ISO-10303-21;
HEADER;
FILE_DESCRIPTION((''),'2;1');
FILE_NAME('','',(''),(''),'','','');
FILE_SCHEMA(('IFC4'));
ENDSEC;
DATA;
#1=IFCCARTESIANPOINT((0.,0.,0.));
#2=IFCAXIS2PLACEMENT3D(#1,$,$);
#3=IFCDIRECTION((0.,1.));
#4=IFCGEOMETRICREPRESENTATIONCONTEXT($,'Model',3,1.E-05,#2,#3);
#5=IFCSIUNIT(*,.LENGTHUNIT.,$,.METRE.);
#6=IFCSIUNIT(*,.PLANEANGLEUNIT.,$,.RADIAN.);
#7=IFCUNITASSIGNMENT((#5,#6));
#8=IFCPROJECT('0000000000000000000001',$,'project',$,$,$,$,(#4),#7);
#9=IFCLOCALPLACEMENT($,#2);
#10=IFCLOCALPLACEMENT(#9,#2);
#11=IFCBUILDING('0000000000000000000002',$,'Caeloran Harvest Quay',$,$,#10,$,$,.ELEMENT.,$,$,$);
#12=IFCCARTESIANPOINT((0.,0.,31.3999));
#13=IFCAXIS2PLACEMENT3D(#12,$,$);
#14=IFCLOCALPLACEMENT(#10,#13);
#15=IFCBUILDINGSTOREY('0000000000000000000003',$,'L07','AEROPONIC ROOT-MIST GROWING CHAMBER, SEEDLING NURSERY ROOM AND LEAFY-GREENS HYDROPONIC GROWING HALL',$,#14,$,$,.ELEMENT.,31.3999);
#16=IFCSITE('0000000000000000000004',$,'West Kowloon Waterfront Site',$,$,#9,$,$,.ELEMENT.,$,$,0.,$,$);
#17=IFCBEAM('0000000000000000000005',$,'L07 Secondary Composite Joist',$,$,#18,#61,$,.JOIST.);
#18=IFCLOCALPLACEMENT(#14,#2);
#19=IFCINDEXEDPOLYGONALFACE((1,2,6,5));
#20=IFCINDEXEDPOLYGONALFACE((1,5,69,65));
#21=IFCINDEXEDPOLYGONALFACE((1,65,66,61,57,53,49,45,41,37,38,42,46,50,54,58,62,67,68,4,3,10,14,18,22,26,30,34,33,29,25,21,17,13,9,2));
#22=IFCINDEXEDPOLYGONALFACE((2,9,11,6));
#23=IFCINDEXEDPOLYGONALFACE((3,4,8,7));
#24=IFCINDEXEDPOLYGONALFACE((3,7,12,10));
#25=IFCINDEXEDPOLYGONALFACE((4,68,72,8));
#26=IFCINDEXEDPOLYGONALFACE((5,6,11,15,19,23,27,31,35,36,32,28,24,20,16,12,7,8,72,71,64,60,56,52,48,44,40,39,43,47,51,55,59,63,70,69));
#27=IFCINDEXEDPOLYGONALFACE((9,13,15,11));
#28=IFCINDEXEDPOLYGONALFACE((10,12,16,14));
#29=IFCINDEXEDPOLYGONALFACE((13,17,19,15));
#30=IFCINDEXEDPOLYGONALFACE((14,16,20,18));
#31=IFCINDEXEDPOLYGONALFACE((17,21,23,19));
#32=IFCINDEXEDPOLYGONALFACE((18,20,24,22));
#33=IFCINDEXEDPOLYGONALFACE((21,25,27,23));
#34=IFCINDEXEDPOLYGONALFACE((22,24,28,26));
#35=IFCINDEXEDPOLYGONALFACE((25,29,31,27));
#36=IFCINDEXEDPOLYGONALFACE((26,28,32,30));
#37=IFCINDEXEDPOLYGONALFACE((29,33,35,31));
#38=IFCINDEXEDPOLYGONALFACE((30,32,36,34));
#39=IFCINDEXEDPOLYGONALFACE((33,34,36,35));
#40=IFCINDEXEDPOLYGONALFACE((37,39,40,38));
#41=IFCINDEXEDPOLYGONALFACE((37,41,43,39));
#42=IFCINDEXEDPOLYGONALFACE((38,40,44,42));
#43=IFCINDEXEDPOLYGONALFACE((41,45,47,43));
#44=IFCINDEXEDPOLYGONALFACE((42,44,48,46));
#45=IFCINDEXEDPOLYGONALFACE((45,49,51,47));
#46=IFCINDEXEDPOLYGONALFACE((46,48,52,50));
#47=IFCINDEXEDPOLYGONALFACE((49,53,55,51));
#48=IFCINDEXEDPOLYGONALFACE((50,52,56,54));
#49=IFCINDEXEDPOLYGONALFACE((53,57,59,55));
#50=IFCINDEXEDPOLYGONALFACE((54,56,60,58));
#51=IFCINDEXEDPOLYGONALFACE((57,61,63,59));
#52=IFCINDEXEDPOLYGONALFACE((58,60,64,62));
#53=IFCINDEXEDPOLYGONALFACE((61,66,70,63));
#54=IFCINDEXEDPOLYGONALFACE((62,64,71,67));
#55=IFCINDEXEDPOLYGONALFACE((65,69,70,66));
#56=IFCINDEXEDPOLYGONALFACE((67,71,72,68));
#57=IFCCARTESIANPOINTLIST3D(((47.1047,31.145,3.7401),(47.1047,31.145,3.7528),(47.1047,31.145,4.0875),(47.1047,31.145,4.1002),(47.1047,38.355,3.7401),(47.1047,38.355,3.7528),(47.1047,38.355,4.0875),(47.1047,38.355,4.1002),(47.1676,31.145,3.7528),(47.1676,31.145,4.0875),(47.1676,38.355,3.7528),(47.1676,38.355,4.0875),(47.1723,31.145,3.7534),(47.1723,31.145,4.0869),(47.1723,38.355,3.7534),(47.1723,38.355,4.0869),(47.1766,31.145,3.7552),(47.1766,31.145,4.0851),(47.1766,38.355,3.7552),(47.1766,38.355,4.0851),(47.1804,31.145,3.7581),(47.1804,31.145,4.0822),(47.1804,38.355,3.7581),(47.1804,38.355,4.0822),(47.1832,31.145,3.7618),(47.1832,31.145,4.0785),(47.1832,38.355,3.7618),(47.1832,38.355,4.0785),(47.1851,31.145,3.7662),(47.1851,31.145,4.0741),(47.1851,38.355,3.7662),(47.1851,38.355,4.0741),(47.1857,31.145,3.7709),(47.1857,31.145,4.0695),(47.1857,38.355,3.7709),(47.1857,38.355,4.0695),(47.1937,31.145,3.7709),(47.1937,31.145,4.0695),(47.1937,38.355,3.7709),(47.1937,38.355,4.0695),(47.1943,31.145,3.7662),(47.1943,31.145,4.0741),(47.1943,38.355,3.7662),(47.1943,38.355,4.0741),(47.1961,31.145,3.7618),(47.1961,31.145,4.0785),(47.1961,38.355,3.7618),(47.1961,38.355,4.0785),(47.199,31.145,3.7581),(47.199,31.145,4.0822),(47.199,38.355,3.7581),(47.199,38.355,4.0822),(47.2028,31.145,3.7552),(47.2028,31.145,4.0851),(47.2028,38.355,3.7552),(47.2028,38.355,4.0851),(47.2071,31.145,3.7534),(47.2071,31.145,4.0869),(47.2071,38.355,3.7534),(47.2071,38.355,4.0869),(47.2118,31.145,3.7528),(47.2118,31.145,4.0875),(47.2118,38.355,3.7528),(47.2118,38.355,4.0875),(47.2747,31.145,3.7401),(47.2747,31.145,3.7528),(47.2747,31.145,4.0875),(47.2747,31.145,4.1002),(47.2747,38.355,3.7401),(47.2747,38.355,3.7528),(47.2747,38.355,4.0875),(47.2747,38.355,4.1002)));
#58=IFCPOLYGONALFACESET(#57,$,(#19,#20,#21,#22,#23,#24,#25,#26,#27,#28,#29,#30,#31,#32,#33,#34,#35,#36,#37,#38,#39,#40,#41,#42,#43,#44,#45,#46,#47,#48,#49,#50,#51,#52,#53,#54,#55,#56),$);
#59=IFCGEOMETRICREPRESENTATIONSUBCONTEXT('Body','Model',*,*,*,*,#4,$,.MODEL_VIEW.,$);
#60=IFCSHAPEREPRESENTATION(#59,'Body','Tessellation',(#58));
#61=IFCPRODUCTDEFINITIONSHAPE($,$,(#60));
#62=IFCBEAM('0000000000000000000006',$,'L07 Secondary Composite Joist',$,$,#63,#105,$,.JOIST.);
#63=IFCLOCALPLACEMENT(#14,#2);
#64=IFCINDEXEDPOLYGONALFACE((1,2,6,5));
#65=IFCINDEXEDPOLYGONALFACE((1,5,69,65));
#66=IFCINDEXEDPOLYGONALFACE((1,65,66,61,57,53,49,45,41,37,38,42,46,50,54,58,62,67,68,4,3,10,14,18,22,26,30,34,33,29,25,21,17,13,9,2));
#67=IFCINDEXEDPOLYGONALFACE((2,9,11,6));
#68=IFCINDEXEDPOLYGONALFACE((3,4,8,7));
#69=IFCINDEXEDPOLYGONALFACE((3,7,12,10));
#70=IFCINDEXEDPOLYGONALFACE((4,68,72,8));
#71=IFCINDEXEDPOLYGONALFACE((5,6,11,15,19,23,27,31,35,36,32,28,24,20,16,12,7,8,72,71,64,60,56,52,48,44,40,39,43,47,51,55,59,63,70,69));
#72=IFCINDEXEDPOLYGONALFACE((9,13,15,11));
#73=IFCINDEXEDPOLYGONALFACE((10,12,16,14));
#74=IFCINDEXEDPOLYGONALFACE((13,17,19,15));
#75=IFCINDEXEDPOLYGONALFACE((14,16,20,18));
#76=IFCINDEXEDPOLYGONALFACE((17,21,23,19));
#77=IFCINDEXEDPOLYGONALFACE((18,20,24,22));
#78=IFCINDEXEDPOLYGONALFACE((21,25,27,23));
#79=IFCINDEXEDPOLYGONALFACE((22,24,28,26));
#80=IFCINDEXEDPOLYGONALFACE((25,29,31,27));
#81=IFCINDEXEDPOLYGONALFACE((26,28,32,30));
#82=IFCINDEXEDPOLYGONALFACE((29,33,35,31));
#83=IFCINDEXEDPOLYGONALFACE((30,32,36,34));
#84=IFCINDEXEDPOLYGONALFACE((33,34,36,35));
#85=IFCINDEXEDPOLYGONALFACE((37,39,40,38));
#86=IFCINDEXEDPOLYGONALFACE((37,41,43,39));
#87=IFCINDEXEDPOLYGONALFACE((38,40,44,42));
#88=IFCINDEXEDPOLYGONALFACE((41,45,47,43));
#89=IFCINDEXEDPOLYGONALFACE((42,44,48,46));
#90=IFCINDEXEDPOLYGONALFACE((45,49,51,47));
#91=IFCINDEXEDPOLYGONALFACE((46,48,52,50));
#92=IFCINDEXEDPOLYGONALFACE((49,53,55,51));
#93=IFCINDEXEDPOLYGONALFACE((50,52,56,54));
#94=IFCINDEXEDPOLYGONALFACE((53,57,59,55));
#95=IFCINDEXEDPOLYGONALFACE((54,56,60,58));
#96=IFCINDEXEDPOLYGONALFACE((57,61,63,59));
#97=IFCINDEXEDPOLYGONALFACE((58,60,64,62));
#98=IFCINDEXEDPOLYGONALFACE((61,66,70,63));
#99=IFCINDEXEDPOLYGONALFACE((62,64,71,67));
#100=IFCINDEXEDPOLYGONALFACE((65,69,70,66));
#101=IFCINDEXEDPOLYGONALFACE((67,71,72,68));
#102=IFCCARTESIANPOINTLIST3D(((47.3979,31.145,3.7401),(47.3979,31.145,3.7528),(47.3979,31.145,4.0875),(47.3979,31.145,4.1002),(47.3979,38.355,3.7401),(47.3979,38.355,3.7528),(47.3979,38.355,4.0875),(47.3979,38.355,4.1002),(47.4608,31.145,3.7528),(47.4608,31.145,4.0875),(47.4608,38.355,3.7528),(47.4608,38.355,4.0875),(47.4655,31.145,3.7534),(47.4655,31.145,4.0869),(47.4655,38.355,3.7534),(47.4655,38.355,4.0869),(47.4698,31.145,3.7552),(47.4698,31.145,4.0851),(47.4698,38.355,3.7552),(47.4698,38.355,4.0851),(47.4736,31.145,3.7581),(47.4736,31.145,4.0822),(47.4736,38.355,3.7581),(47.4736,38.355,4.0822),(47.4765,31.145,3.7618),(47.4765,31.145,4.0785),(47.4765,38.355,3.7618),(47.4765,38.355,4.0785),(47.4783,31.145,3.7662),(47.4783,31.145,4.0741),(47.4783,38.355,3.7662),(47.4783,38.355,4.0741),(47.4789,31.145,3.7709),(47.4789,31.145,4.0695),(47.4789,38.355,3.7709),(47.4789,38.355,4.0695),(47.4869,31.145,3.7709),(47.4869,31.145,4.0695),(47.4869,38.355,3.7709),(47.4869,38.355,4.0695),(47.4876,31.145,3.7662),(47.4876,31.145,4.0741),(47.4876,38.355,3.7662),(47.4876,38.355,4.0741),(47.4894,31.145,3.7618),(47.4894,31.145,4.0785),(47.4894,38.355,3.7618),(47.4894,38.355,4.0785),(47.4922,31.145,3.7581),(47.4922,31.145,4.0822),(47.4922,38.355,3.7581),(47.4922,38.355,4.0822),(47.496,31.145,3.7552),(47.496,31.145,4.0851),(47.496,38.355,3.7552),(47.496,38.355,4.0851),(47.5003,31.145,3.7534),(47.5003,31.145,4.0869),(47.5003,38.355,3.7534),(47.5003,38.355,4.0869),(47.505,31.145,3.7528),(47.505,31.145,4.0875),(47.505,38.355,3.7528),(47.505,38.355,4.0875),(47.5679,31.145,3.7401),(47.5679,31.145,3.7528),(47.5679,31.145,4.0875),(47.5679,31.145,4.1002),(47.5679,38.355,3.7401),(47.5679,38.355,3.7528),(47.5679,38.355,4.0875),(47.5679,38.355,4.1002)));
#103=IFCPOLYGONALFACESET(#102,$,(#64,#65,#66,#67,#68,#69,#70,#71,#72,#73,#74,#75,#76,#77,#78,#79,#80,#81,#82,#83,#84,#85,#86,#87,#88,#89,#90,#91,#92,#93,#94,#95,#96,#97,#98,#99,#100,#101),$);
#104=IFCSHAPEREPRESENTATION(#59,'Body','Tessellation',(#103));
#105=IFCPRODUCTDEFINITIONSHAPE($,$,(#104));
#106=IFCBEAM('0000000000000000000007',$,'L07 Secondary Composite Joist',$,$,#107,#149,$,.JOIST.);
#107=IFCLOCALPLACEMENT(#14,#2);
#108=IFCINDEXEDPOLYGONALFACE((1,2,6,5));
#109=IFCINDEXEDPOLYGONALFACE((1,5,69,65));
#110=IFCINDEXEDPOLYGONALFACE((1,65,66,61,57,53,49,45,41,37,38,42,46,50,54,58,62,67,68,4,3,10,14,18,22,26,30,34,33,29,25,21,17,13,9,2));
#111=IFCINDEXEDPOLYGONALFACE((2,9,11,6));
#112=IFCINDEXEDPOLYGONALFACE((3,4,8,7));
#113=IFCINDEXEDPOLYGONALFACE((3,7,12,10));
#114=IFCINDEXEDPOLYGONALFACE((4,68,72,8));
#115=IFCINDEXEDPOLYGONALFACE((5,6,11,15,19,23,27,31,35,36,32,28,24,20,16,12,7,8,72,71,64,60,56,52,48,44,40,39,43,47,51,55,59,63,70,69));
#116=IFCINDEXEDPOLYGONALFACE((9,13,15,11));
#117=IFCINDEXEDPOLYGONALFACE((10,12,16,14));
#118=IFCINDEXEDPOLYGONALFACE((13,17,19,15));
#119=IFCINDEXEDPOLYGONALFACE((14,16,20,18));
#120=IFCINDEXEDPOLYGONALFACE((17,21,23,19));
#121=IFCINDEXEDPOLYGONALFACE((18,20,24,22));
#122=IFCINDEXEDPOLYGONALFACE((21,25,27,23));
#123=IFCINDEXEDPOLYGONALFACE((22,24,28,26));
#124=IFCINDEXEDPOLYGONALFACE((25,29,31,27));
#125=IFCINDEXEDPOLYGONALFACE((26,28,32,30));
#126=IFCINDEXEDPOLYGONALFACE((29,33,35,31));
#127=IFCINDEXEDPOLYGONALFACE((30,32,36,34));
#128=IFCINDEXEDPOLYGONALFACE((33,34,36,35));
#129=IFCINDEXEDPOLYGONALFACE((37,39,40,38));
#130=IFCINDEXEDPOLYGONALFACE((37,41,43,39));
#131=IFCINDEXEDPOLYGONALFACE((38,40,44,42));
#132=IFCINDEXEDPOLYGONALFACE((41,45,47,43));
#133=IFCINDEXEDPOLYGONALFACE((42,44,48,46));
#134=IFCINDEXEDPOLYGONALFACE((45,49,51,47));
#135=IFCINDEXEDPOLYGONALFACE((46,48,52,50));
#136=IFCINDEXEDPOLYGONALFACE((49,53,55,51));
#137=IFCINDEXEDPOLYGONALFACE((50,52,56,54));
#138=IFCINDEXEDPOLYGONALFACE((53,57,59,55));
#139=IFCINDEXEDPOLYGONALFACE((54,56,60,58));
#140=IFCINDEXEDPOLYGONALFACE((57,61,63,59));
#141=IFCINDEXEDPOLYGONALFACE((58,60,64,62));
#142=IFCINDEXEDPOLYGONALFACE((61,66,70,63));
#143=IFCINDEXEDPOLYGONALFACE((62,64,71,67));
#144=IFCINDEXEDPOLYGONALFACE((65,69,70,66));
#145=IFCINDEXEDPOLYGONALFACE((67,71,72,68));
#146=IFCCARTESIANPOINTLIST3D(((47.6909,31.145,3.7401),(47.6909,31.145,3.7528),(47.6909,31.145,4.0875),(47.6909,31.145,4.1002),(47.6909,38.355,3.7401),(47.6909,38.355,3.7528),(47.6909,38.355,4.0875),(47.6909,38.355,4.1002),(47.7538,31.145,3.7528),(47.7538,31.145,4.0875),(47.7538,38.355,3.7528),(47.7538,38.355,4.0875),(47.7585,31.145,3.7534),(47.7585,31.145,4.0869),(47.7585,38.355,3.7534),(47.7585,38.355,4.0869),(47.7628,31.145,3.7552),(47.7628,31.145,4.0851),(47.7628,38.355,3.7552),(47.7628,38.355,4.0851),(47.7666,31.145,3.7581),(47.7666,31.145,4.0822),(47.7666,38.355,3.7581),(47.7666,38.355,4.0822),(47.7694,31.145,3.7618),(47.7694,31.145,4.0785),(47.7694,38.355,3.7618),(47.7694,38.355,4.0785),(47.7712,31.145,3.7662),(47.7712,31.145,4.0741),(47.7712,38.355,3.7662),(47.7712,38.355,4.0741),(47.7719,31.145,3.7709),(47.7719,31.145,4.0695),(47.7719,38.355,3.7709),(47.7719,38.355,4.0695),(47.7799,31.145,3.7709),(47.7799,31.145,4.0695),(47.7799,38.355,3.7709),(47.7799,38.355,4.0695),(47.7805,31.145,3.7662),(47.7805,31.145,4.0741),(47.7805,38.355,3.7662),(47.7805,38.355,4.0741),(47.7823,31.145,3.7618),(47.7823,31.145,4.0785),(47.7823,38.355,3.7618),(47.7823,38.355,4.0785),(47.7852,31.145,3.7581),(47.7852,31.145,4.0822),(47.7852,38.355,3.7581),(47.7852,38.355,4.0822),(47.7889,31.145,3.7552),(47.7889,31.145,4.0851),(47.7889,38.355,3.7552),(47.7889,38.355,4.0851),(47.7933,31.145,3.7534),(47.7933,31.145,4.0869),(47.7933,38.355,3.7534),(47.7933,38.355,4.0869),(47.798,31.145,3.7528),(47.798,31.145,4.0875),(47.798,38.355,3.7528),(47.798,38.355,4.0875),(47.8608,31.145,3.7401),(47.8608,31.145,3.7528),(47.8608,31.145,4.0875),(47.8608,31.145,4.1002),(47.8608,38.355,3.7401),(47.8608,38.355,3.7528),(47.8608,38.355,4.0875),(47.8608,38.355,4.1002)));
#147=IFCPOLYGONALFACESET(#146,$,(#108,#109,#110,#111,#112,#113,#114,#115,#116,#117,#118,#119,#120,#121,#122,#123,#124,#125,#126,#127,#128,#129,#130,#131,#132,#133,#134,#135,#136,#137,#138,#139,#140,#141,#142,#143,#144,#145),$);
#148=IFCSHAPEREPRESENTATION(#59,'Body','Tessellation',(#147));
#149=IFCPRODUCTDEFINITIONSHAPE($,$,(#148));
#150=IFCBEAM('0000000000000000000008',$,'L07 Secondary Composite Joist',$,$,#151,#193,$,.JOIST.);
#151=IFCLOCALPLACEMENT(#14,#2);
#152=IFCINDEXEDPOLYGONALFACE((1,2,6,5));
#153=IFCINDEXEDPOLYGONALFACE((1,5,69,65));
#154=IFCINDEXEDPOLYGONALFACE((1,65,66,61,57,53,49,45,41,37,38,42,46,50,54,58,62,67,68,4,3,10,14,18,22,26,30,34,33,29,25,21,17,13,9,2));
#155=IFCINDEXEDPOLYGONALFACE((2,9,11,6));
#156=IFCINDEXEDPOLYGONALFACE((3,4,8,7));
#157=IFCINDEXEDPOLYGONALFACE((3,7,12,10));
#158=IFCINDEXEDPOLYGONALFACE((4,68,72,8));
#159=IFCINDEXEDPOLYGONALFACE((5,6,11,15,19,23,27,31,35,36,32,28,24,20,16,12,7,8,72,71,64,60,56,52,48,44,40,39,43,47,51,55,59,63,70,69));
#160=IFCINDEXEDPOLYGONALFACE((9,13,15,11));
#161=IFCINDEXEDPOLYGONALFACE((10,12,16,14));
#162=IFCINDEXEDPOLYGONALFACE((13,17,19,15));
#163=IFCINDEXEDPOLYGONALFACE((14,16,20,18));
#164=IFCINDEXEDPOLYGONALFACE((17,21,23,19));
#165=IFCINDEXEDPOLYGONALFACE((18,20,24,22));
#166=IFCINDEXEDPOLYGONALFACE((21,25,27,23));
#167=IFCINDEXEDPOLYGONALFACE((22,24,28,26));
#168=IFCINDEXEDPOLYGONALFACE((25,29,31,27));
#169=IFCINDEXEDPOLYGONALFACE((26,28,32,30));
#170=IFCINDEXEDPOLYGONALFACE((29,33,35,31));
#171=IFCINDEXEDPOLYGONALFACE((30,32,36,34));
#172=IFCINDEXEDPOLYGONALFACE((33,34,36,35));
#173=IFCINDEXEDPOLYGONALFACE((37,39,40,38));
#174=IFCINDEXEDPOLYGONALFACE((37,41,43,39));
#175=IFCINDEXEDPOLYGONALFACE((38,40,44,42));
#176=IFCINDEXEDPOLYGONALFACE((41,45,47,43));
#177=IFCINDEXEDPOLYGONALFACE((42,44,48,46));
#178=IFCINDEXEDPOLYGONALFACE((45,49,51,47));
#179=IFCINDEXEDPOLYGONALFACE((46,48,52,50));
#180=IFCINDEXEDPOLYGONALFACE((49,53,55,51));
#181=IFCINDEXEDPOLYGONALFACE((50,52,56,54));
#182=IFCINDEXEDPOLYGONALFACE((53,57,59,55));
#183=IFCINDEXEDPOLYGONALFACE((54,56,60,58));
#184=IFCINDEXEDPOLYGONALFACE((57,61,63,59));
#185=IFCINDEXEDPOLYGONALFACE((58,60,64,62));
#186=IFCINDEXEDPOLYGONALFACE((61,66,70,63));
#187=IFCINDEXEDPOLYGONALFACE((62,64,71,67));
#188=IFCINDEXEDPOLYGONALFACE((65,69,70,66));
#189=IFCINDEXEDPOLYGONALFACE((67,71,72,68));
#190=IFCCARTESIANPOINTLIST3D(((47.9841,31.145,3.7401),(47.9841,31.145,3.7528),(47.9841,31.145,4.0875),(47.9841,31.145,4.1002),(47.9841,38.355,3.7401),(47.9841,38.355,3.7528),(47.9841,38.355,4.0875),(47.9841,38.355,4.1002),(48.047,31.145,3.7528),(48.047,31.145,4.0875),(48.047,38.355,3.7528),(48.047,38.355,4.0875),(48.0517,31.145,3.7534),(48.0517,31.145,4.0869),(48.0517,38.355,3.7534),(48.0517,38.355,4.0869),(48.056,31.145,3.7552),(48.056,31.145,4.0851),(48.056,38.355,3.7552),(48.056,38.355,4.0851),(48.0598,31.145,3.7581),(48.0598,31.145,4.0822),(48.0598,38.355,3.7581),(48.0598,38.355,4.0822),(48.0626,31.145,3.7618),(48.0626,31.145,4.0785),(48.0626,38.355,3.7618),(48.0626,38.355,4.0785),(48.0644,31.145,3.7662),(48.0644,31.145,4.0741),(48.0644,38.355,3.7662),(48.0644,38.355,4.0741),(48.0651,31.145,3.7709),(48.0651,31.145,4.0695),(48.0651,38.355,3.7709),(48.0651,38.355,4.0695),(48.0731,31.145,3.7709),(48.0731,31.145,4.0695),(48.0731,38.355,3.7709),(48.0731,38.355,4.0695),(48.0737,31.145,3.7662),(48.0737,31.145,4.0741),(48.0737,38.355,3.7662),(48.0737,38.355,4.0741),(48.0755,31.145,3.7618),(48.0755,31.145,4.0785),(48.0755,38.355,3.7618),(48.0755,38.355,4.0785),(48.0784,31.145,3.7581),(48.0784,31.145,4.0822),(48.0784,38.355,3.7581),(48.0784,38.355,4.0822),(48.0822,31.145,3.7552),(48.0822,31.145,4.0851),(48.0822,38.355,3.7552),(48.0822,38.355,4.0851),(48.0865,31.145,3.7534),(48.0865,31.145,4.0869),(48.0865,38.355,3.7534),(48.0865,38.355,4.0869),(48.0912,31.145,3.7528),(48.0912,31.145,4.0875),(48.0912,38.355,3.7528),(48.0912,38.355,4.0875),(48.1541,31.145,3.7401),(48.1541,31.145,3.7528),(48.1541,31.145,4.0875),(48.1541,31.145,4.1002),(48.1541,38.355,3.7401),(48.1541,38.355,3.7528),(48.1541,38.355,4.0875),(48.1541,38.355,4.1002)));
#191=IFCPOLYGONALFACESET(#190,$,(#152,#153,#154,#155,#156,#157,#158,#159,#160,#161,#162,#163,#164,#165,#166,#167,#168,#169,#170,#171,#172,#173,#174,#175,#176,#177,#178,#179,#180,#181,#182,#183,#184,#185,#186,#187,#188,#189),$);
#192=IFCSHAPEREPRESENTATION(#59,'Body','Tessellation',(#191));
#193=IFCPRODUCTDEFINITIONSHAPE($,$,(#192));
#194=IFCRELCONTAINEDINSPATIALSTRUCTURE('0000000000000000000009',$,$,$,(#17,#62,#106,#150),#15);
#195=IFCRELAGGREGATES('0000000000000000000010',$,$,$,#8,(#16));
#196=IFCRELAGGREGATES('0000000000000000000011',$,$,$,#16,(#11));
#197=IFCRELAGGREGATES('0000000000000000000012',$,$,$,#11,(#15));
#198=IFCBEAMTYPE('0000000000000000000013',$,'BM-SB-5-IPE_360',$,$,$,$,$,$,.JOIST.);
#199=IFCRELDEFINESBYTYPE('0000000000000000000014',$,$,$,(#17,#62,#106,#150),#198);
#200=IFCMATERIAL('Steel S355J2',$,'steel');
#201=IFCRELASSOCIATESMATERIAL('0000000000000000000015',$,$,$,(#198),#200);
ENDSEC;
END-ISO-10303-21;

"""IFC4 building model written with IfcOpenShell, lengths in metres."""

from ifc_helpers import new_model, si_unit, direction, frame, origin, origin_2d, place, context, subcontext, project, spatial, i_section, extrude, material, material_profile, profile_set, type_object, element, save


model = new_model("IFC4")

# Units and contexts
model_context = context("Model", 3, precision=1e-05, world=origin(), true_north=direction((0.0, 1.0)))
body_context = subcontext(model_context, "Body", "Model", "MODEL_VIEW")
ifc_project = project(units=[si_unit("LENGTHUNIT", "METRE"), si_unit("PLANEANGLEUNIT", "RADIAN")], contexts=[model_context])

# Site, building, storey
site_placement = place(None, origin())
site = spatial("IfcSite", under=ifc_project, at=site_placement, Name="West Kowloon Waterfront Site", CompositionType="ELEMENT", RefElevation=0.0)
building_placement = place(site_placement, origin())
building = spatial("IfcBuilding", under=site, at=building_placement, Name="Caeloran Harvest Quay", CompositionType="ELEMENT")
storey_placement = place(building_placement, frame((0.0, 0.0, 31.3999)))
storey = spatial("IfcBuildingStorey", under=building, at=storey_placement, Name="L07", Description="AEROPONIC ROOT-MIST GROWING CHAMBER, SEEDLING NURSERY ROOM AND LEAFY-GREENS HYDROPONIC GROWING HALL", CompositionType="ELEMENT", Elevation=31.3999)

# Beams
ifc_material_1 = material(Name="Steel S355J2", Category="steel")
ifc_material_profile_1 = material_profile(ifc_material_1, i_section(OverallWidth=0.1699, OverallDepth=0.3601, WebThickness=0.0081, FlangeThickness=0.0127, FilletRadius=0.0181, at=origin_2d()), Name="IPE 360")
ifc_profile_set_1 = profile_set([ifc_material_profile_1], Name="Steel S355J2")
beam_type_1 = type_object("IfcBeamType", Name="BM-SB-5-IPE_360", PredefinedType="JOIST", material=ifc_profile_set_1)
for number, where, z_axis, x_axis, name in (
    (1, (47.1897, 31.145, 3.9202), (0.0, 1.0, 0.0), (-1.0, 0.0, 0.0), "L07 Secondary Composite Joist"),
    (2, (47.4829, 31.145, 3.9202), (0.0, 1.0, 0.0), (-1.0, 0.0, 0.0), "L07 Secondary Composite Joist"),
    (3, (47.7759, 31.145, 3.9202), (0.0, 1.0, 0.0), (-1.0, 0.0, 0.0), "L07 Secondary Composite Joist"),
    (4, (48.0691, 31.145, 3.9202), (0.0, 1.0, 0.0), (-1.0, 0.0, 0.0), "L07 Secondary Composite Joist"),
):
    element("IfcBeam", number, at=place(storey_placement, frame(where, z_axis=z_axis, x_axis=x_axis)), inside=storey, type_object=beam_type_1, Name=name, PredefinedType="JOIST", context=body_context, shape_type="SweptSolid", body=[
        extrude(i_section(OverallWidth=0.1699, OverallDepth=0.3601, WebThickness=0.0081, FlangeThickness=0.0127, FilletRadius=0.0181, at=origin_2d()), origin(), (0.0, 0.0, 1.0), 7.21),
    ])

save(model, "model.ifc")
